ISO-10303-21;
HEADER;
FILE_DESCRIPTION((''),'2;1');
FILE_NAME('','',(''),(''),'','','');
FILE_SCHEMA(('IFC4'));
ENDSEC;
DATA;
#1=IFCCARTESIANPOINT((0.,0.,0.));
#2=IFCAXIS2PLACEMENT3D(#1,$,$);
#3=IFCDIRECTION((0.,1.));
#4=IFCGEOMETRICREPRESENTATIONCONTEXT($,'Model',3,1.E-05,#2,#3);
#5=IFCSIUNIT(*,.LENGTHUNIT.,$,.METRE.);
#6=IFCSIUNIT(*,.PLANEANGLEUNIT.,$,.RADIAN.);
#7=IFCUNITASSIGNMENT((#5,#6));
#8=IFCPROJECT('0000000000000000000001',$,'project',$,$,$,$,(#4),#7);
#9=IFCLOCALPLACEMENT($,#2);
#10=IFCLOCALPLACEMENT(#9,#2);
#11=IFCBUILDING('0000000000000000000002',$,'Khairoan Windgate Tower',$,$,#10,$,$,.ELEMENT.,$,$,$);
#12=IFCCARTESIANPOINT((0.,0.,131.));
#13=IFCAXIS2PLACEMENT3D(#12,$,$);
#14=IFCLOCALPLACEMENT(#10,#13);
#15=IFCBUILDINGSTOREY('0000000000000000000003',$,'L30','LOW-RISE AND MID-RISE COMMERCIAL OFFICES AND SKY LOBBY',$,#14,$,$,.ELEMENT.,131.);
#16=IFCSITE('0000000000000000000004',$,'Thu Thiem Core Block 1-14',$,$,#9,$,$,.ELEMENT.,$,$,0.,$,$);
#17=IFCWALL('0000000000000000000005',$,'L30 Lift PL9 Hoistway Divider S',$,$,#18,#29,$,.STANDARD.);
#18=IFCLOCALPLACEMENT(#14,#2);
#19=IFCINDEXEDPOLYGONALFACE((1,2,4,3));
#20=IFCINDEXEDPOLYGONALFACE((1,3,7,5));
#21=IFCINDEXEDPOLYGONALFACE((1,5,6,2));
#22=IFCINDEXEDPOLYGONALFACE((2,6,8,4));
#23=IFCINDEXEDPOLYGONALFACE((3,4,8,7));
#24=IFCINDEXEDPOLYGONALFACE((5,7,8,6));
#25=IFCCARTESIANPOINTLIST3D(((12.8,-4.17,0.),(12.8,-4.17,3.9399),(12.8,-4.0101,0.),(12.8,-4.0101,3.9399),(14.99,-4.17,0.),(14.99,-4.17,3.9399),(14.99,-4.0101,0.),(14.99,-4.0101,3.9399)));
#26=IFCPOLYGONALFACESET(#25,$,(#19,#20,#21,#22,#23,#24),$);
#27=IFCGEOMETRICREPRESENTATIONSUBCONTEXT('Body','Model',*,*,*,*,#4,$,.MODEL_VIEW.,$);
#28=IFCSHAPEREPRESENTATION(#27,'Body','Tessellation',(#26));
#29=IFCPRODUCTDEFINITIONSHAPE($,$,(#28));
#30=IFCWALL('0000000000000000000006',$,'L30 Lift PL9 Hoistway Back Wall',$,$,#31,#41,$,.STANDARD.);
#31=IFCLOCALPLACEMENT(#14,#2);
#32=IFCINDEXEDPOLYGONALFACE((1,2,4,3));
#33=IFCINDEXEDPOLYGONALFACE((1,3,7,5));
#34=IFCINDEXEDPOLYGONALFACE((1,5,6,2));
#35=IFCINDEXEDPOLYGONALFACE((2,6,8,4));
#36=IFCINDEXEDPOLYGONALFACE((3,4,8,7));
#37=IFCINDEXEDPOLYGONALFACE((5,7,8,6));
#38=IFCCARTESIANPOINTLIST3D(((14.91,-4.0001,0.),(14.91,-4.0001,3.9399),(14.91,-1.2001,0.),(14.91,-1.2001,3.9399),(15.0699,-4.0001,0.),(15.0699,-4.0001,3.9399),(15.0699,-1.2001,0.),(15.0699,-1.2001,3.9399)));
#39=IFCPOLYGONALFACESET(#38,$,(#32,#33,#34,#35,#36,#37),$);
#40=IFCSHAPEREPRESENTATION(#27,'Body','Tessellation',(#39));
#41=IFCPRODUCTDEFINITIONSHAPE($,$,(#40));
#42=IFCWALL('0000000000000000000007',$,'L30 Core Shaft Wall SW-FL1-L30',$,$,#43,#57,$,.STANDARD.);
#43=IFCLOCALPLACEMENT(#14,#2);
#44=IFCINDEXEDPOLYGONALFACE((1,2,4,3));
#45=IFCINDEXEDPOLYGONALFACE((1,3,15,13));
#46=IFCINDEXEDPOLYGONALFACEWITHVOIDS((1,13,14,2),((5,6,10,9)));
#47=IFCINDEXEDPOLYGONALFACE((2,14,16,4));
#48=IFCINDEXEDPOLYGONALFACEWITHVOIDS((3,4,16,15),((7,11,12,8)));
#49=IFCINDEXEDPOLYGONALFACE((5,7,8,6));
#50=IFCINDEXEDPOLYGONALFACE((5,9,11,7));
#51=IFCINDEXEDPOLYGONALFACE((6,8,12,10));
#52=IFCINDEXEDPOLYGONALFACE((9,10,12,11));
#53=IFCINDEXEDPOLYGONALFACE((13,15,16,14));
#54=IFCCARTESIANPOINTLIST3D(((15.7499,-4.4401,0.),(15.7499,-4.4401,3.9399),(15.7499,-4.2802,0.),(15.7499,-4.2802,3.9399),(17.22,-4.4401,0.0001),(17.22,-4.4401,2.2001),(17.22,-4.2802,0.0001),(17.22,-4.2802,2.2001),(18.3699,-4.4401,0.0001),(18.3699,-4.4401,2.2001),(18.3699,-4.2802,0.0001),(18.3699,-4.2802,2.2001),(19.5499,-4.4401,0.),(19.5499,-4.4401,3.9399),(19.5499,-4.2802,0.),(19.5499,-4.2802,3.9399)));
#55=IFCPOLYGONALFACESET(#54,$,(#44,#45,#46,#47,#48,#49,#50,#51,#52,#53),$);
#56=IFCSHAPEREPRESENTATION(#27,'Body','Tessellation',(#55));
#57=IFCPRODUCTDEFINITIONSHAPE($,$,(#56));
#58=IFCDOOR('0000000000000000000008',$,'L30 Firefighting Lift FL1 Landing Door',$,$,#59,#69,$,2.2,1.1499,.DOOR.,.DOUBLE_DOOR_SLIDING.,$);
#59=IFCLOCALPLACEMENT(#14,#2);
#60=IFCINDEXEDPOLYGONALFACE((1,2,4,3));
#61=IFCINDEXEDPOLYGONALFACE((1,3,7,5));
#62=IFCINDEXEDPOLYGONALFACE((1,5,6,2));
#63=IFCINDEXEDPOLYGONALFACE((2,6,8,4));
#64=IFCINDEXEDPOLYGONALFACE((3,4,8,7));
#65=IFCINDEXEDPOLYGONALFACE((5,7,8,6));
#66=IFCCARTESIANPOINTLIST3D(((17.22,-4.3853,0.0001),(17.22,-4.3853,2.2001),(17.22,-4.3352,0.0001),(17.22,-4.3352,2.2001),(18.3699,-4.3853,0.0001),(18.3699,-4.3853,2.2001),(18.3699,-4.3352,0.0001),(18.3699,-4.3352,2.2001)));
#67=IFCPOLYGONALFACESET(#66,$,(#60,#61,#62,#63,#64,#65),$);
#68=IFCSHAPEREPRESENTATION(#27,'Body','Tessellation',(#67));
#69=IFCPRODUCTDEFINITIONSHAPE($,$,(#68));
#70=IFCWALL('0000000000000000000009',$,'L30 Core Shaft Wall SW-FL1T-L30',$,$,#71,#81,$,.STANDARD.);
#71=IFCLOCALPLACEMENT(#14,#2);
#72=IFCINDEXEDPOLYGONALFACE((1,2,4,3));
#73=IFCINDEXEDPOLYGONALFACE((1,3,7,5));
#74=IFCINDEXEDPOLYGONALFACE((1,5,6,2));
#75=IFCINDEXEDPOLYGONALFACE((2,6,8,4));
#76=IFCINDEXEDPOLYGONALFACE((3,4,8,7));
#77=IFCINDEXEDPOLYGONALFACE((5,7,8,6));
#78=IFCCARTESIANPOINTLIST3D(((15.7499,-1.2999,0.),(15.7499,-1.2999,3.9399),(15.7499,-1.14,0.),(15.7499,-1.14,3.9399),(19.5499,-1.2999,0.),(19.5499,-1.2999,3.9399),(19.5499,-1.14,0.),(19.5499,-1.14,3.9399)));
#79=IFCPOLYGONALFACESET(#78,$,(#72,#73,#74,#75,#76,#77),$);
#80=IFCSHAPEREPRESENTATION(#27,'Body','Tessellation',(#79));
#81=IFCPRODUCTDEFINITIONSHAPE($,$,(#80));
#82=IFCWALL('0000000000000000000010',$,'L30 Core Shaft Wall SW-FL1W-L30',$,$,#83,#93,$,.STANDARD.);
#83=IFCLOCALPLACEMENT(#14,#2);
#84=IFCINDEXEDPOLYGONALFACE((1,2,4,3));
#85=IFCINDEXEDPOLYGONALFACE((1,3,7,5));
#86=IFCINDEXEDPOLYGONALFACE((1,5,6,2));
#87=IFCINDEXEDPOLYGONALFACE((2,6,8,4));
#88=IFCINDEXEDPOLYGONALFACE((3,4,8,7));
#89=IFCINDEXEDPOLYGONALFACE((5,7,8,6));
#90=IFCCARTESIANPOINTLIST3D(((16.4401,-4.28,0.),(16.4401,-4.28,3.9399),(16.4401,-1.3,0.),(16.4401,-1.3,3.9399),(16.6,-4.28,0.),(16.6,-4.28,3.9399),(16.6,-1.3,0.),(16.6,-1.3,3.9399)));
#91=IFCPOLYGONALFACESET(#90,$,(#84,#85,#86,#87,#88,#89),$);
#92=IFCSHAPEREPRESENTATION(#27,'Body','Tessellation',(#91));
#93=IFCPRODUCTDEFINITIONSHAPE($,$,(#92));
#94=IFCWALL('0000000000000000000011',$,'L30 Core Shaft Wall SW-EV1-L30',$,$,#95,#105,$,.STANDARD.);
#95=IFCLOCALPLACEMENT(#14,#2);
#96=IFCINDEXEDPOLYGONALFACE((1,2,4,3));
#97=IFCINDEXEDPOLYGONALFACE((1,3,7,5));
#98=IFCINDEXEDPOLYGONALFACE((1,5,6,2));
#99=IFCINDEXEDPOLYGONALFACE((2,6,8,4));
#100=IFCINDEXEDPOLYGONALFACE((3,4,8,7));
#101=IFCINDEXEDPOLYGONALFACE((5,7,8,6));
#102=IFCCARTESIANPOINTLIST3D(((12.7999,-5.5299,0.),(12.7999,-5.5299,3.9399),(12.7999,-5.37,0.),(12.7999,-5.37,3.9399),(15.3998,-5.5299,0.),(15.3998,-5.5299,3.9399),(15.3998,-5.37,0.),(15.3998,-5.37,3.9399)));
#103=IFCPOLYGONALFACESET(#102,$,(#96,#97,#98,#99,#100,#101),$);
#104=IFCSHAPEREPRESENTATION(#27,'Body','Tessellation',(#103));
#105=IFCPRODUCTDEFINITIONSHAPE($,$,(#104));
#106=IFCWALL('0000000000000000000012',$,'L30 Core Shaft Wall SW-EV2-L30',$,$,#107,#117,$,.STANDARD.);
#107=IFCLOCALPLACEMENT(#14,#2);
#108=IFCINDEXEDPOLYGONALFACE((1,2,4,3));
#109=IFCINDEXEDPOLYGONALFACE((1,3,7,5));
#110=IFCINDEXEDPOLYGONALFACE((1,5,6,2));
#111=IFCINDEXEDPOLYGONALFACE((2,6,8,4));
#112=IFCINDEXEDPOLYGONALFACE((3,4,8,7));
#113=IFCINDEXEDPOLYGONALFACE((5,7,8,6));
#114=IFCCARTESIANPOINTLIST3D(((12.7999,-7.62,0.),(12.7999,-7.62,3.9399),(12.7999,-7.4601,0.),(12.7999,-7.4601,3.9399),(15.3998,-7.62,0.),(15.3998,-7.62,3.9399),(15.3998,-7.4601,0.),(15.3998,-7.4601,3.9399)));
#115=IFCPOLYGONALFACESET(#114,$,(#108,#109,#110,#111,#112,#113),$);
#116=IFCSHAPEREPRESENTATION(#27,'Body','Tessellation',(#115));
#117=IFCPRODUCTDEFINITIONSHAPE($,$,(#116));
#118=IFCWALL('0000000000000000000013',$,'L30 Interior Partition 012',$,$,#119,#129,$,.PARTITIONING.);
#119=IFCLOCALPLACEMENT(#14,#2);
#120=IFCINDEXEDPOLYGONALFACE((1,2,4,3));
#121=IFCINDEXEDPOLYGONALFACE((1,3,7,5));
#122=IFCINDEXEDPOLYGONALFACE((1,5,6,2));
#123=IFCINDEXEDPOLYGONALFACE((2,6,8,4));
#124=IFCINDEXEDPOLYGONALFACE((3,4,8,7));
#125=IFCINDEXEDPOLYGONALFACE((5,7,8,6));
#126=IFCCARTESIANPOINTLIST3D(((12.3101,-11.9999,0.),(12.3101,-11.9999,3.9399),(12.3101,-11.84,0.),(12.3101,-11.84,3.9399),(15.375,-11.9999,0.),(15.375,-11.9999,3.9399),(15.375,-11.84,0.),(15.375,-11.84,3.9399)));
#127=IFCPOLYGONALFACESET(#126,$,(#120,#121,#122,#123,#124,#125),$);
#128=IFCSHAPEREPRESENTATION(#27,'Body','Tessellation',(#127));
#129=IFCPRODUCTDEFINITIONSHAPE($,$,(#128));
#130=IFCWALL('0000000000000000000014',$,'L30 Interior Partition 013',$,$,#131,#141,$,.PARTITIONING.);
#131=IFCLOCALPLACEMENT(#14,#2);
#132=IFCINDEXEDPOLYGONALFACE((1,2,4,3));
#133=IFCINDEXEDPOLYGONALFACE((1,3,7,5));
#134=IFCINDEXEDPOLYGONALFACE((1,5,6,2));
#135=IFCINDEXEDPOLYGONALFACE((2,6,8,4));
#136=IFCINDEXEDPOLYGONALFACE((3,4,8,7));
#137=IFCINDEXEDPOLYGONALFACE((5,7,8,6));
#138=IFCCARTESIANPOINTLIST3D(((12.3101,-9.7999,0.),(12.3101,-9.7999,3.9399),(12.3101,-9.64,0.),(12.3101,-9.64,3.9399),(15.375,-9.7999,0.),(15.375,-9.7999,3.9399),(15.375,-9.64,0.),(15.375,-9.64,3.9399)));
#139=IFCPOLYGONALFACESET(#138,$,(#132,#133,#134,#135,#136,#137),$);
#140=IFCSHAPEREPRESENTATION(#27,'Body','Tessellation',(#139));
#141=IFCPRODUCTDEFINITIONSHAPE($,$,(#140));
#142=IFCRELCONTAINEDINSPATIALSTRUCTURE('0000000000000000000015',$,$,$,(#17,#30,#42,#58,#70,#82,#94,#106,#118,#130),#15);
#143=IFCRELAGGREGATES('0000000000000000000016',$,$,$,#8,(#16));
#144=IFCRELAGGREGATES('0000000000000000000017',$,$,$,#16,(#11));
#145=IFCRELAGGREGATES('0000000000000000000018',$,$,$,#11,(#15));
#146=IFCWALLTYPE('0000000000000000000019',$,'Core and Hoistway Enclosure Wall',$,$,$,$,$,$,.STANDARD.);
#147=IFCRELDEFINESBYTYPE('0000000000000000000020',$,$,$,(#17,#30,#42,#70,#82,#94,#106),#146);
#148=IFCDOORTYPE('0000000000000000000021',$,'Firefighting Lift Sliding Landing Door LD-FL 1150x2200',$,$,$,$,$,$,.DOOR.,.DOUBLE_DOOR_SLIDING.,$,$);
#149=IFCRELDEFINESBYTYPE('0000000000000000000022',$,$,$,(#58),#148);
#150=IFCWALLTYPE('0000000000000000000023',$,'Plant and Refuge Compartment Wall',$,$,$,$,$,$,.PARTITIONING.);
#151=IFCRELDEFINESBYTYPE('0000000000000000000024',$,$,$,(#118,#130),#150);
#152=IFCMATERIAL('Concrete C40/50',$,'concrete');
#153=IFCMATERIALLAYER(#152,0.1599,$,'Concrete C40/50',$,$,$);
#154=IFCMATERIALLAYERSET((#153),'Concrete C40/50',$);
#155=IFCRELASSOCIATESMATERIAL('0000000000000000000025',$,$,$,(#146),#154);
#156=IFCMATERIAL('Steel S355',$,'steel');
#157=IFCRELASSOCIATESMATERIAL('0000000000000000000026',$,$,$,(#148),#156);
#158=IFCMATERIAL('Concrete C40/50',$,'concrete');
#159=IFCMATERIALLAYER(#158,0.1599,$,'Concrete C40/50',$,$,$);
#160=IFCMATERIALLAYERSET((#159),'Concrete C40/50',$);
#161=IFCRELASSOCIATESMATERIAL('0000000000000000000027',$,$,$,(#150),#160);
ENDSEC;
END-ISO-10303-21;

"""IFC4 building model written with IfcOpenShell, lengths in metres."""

from ifc_helpers import new_model, si_unit, direction, frame, frame_2d, origin, place, context, subcontext, project, spatial, rectangle, extrude, material, layer, layer_set, type_object, element, fill, save


model = new_model("IFC4")

# Units and contexts
model_context = context("Model", 3, precision=1e-05, world=origin(), true_north=direction((0.0, 1.0)))
body_context = subcontext(model_context, "Body", "Model", "MODEL_VIEW")
ifc_project = project(units=[si_unit("LENGTHUNIT", "METRE"), si_unit("PLANEANGLEUNIT", "RADIAN")], contexts=[model_context])

# Site, building, storey
site_placement = place(None, origin())
site = spatial("IfcSite", under=ifc_project, at=site_placement, Name="Thu Thiem Core Block 1-14", CompositionType="ELEMENT", RefElevation=0.0)
building_placement = place(site_placement, origin())
building = spatial("IfcBuilding", under=site, at=building_placement, Name="Khairoan Windgate Tower", CompositionType="ELEMENT")
storey_placement = place(building_placement, frame((0.0, 0.0, 131.0)))
storey = spatial("IfcBuildingStorey", under=building, at=storey_placement, Name="L30", Description="LOW-RISE AND MID-RISE COMMERCIAL OFFICES AND SKY LOBBY", CompositionType="ELEMENT", Elevation=131.0)

# Walls
ifc_material_1 = material(Name="Concrete C40/50", Category="concrete")
ifc_layer_1 = layer(ifc_material_1, 0.1599, Name="Concrete C40/50")
ifc_layer_set_1 = layer_set([ifc_layer_1], Name="Concrete C40/50")
wall_type_1 = type_object("IfcWallType", Name="Core and Hoistway Enclosure Wall", PredefinedType="STANDARD", material=ifc_layer_set_1)
wall_1_placement = place(storey_placement, frame((12.8, -4.0901, 0.0), z_axis=(0.0, 0.0, 1.0), x_axis=(1.0, 0.0, 0.0)))
element("IfcWall", 1, at=wall_1_placement, inside=storey, type_object=wall_type_1, Name="L30 Lift PL9 Hoistway Divider S", PredefinedType="STANDARD", context=body_context, shape_type="SweptSolid", body=[
    extrude(rectangle(XDim=2.1899, YDim=0.1599, at=frame_2d((1.095, 0.0))), origin(), (0.0, 0.0, 1.0), 3.9399),
])
wall_2_placement = place(storey_placement, frame((14.99, -4.0, 0.0), z_axis=(0.0, 0.0, 1.0), x_axis=(0.0, 1.0, 0.0)))
element("IfcWall", 2, at=wall_2_placement, inside=storey, type_object=wall_type_1, Name="L30 Lift PL9 Hoistway Back Wall", PredefinedType="STANDARD", context=body_context, shape_type="SweptSolid", body=[
    extrude(rectangle(XDim=2.8, YDim=0.1599, at=frame_2d((1.3999, 0.0))), origin(), (0.0, 0.0, 1.0), 3.9399),
])

# Wall, opening, door
wall_3_placement = place(storey_placement, frame((15.75, -4.3601, 0.0), z_axis=(0.0, 0.0, 1.0), x_axis=(1.0, 0.0, 0.0)))
wall_3 = element("IfcWall", 3, at=wall_3_placement, inside=storey, type_object=wall_type_1, Name="L30 Core Shaft Wall SW-FL1-L30", PredefinedType="STANDARD", context=body_context, shape_type="SweptSolid", body=[
    extrude(rectangle(XDim=3.8, YDim=0.1599, at=frame_2d((1.8999, 0.0))), origin(), (0.0, 0.0, 1.0), 3.9399),
])
opening_1_placement = place(wall_3_placement, frame((1.47, 0.0, 0.0)))
opening_1 = element("IfcOpeningElement", 4, at=opening_1_placement, cuts=wall_3, PredefinedType="OPENING", context=body_context, shape_type="SweptSolid", body=[
    extrude(rectangle(XDim=1.1499, YDim=2.2, at=frame_2d((0.575, 1.1001))), frame((0.0, 0.0898, 0.0), z_axis=(0.0, -1.0, 0.0), x_axis=(1.0, 0.0, 0.0)), (0.0, 0.0, 1.0), 0.1799),
])
ifc_material_2 = material(Name="Steel S355", Category="steel")
door_type_1 = type_object("IfcDoorType", Name="Firefighting Lift Sliding Landing Door LD-FL 1150x2200", OperationType="DOUBLE_DOOR_SLIDING", PredefinedType="DOOR", material=ifc_material_2)
door_1_placement = place(opening_1_placement, origin())
door_1 = element("IfcDoor", 5, at=door_1_placement, inside=storey, type_object=door_type_1, Name="L30 Firefighting Lift FL1 Landing Door", OperationType="DOUBLE_DOOR_SLIDING", OverallHeight=2.2, OverallWidth=1.1499, PredefinedType="DOOR", context=body_context, shape_type="SweptSolid", body=[
    extrude(rectangle(XDim=1.1499, YDim=2.2, at=frame_2d((0.575, 1.1001))), frame((0.0, 0.0249, 0.0), z_axis=(0.0, -1.0, 0.0), x_axis=(1.0, 0.0, 0.0)), (0.0, 0.0, 1.0), 0.05),
])
fill(opening_1, door_1)

# Walls
wall_4_placement = place(storey_placement, frame((15.75, -1.22, 0.0), z_axis=(0.0, 0.0, 1.0), x_axis=(1.0, 0.0, 0.0)))
element("IfcWall", 6, at=wall_4_placement, inside=storey, type_object=wall_type_1, Name="L30 Core Shaft Wall SW-FL1T-L30", PredefinedType="STANDARD", context=body_context, shape_type="SweptSolid", body=[
    extrude(rectangle(XDim=3.8, YDim=0.1599, at=frame_2d((1.8999, 0.0))), origin(), (0.0, 0.0, 1.0), 3.9399),
])
wall_5_placement = place(storey_placement, frame((16.52, -4.28, 0.0), z_axis=(0.0, 0.0, 1.0), x_axis=(0.0, 1.0, 0.0)))
element("IfcWall", 7, at=wall_5_placement, inside=storey, type_object=wall_type_1, Name="L30 Core Shaft Wall SW-FL1W-L30", PredefinedType="STANDARD", context=body_context, shape_type="SweptSolid", body=[
    extrude(rectangle(XDim=2.98, YDim=0.1599, at=frame_2d((1.49, 0.0))), origin(), (0.0, 0.0, 1.0), 3.9399),
])
for number, where, z_axis, x_axis, name in (
    (8, (12.8, -5.45, 0.0), (0.0, 0.0, 1.0), (1.0, 0.0, 0.0), "L30 Core Shaft Wall SW-EV1-L30"),
    (9, (12.8, -7.54, 0.0), (0.0, 0.0, 1.0), (1.0, 0.0, 0.0), "L30 Core Shaft Wall SW-EV2-L30"),
):
    element("IfcWall", number, at=place(storey_placement, frame(where, z_axis=z_axis, x_axis=x_axis)), inside=storey, type_object=wall_type_1, Name=name, PredefinedType="STANDARD", context=body_context, shape_type="SweptSolid", body=[
        extrude(rectangle(XDim=2.5999, YDim=0.1599, at=frame_2d((1.2998, 0.0))), origin(), (0.0, 0.0, 1.0), 3.9399),
    ])
ifc_material_3 = material(Name="Concrete C40/50", Category="concrete")
ifc_layer_2 = layer(ifc_material_3, 0.1599, Name="Concrete C40/50")
ifc_layer_set_2 = layer_set([ifc_layer_2], Name="Concrete C40/50")
wall_type_2 = type_object("IfcWallType", Name="Plant and Refuge Compartment Wall", PredefinedType="PARTITIONING", material=ifc_layer_set_2)
for number, where, z_axis, x_axis, name in (
    (10, (12.3101, -11.9199, 0.0), (0.0, 0.0, 1.0), (1.0, 0.0, 0.0), "L30 Interior Partition 012"),
    (11, (12.3101, -9.72, 0.0), (0.0, 0.0, 1.0), (1.0, 0.0, 0.0), "L30 Interior Partition 013"),
):
    element("IfcWall", number, at=place(storey_placement, frame(where, z_axis=z_axis, x_axis=x_axis)), inside=storey, type_object=wall_type_2, Name=name, PredefinedType="PARTITIONING", context=body_context, shape_type="SweptSolid", body=[
        extrude(rectangle(XDim=3.0649, YDim=0.1599, at=frame_2d((1.5325, 0.0))), origin(), (0.0, 0.0, 1.0), 3.9399),
    ])

save(model, "model.ifc")
